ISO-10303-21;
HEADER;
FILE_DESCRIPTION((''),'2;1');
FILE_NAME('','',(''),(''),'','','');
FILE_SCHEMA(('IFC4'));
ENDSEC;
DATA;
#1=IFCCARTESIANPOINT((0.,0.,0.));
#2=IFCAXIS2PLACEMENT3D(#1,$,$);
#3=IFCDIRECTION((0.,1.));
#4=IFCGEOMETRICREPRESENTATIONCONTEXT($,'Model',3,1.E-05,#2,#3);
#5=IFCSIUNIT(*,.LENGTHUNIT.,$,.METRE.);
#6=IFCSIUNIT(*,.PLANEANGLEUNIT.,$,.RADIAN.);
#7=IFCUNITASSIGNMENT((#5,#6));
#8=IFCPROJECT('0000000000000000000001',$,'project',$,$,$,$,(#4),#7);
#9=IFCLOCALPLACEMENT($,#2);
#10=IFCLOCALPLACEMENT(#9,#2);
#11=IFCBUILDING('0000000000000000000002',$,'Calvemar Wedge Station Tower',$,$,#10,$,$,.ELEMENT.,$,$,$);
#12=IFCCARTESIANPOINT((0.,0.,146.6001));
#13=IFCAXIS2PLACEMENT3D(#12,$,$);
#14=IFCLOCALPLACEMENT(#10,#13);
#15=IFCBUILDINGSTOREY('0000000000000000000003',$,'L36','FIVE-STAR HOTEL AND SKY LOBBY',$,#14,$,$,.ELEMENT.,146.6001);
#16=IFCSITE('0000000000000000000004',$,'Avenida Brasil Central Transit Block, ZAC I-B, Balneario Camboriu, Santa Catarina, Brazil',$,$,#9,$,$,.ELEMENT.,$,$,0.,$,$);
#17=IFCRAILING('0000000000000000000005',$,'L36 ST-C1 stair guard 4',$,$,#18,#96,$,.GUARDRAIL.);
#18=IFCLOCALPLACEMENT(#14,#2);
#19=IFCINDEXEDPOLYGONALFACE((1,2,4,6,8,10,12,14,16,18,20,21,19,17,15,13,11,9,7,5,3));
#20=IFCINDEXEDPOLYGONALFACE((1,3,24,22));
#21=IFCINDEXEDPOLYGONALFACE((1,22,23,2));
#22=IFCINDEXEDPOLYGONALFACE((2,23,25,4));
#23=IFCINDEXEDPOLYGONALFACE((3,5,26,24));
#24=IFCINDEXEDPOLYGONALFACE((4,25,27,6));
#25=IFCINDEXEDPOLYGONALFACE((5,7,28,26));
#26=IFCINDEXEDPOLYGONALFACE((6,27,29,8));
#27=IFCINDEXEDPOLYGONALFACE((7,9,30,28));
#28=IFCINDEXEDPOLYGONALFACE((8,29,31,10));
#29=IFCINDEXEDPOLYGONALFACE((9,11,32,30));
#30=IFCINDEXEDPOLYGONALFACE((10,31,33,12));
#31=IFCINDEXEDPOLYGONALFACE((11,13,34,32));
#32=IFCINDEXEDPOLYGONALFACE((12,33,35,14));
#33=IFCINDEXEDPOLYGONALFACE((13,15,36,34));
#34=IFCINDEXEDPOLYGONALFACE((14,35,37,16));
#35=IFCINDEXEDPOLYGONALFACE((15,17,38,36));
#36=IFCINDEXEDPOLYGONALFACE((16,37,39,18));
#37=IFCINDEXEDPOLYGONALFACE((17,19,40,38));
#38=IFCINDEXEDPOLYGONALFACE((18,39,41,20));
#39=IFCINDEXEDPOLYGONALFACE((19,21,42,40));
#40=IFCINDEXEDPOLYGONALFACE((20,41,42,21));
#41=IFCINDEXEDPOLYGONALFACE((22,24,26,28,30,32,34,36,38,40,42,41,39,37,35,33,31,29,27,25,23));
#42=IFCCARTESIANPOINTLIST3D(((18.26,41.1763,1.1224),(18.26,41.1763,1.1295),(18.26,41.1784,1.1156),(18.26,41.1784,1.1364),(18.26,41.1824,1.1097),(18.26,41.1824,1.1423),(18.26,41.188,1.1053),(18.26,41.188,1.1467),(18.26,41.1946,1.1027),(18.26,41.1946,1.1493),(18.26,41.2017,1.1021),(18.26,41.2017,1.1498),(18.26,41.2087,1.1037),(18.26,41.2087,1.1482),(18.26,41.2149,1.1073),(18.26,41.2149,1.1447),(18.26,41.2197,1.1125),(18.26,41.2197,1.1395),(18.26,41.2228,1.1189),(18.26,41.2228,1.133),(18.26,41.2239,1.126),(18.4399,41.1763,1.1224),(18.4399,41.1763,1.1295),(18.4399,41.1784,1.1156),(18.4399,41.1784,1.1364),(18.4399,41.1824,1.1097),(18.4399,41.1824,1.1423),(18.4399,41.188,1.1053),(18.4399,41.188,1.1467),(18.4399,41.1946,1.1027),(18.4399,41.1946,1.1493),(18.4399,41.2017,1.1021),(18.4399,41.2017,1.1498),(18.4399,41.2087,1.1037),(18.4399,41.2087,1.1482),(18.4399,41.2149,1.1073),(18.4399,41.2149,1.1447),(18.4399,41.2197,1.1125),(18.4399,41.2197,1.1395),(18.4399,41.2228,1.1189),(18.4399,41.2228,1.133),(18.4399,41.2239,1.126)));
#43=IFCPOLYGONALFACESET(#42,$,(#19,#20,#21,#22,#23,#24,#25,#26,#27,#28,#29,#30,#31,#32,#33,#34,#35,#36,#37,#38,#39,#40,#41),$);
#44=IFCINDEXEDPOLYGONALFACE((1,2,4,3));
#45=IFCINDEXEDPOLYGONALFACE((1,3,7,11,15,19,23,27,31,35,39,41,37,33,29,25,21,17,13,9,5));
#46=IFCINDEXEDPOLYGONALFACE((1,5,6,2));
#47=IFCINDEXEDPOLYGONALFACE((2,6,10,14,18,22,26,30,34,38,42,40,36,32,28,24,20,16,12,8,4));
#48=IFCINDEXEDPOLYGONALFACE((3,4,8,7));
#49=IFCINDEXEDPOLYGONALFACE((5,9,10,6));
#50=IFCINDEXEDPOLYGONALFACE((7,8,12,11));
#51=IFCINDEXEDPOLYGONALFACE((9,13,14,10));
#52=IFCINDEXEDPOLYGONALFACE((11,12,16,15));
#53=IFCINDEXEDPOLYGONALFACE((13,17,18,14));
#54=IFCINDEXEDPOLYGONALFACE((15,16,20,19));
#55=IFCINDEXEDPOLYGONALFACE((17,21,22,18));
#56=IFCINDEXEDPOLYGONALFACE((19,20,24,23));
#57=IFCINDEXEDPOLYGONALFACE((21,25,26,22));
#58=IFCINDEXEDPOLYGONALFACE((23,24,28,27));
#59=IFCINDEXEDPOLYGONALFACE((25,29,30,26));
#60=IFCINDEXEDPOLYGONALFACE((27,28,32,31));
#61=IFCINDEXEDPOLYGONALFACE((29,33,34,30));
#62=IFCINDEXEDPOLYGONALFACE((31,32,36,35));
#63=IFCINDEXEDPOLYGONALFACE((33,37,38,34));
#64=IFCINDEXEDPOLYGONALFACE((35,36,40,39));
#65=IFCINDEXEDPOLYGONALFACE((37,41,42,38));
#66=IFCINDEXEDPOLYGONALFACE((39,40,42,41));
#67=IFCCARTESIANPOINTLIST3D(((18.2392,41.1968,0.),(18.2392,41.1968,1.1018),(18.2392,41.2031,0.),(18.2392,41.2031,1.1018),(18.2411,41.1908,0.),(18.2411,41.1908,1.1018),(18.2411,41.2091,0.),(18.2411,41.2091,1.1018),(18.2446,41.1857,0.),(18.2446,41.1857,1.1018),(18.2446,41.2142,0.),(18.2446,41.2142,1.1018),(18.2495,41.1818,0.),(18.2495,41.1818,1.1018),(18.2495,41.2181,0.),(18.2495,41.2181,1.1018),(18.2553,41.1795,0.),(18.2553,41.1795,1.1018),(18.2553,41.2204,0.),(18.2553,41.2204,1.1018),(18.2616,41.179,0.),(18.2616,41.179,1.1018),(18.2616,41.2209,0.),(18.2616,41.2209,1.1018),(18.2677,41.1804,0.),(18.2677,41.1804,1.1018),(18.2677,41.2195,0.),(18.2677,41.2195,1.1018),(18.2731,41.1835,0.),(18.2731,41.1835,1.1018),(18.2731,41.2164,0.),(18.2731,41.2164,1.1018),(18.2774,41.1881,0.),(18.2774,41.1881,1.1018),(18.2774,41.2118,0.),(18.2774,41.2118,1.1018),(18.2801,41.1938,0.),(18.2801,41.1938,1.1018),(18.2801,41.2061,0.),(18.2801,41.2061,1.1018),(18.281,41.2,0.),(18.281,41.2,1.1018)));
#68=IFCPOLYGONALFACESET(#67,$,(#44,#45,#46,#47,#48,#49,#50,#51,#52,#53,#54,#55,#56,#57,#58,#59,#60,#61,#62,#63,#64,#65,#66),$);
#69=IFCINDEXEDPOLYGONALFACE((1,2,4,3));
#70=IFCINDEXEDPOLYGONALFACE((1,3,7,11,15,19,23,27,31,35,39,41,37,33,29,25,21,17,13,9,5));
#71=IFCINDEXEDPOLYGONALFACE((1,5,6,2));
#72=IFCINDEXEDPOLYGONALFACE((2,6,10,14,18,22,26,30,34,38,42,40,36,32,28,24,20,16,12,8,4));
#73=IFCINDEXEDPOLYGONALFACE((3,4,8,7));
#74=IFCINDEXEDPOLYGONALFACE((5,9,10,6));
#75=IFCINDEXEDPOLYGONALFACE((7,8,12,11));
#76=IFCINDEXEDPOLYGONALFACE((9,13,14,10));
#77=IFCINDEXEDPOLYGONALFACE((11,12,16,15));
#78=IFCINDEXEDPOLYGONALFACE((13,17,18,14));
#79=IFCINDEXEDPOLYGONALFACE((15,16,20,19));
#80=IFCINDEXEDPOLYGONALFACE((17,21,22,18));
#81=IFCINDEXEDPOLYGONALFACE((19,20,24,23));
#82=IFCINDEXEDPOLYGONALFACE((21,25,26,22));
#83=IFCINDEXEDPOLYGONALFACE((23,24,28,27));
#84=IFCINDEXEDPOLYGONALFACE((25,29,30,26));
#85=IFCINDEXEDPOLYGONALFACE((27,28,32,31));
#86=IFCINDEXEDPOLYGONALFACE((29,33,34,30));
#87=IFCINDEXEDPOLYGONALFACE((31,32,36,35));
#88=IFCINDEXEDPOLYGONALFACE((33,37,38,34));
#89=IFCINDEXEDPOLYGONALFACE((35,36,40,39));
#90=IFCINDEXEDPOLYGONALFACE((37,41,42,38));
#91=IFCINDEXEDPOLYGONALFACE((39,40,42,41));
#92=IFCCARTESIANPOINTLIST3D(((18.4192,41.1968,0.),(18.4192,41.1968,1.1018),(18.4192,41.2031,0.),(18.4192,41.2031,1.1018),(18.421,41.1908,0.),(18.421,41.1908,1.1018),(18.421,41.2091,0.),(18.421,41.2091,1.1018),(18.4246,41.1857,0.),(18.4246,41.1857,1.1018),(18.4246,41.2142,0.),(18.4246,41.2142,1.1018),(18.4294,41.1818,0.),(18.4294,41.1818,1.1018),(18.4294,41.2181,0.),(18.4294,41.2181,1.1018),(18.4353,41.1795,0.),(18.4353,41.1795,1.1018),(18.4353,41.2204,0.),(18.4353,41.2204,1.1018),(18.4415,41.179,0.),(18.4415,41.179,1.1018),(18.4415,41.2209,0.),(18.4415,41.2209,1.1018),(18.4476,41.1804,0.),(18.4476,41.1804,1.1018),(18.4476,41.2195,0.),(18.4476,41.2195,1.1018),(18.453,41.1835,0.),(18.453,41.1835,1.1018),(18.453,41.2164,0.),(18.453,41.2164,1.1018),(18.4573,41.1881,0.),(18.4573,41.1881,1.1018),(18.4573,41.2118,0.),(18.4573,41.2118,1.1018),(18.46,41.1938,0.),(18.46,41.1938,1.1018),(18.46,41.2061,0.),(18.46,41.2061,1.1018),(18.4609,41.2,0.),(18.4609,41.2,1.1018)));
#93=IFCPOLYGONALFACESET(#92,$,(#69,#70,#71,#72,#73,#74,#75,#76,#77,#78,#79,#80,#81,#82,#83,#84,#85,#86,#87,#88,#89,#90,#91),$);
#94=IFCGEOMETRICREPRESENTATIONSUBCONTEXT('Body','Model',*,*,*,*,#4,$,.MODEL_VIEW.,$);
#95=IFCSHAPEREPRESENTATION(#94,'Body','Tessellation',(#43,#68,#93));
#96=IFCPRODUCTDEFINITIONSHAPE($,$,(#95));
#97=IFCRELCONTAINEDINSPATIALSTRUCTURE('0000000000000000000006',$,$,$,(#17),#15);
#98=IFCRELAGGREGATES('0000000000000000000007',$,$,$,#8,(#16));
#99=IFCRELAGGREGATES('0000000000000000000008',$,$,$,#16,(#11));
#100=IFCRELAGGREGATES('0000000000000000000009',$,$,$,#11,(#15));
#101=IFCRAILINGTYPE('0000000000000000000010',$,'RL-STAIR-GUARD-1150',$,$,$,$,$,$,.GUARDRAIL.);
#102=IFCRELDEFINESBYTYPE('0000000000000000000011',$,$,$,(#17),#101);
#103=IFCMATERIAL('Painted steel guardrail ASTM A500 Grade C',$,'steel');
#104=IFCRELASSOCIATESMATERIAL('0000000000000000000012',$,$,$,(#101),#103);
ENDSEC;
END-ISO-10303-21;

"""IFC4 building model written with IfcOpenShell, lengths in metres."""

from ifc_helpers import new_model, si_unit, direction, frame, origin, origin_2d, place, context, subcontext, project, spatial, circle, extrude, material, type_object, element, save


model = new_model("IFC4")

# Units and contexts
model_context = context("Model", 3, precision=1e-05, world=origin(), true_north=direction((0.0, 1.0)))
body_context = subcontext(model_context, "Body", "Model", "MODEL_VIEW")
ifc_project = project(units=[si_unit("LENGTHUNIT", "METRE"), si_unit("PLANEANGLEUNIT", "RADIAN")], contexts=[model_context])

# Site, building, storey
site_placement = place(None, origin())
site = spatial("IfcSite", under=ifc_project, at=site_placement, Name="Avenida Brasil Central Transit Block, ZAC I-B, Balneario Camboriu, Santa Catarina, Brazil", CompositionType="ELEMENT", RefElevation=0.0)
building_placement = place(site_placement, origin())
building = spatial("IfcBuilding", under=site, at=building_placement, Name="Calvemar Wedge Station Tower", CompositionType="ELEMENT")
storey_placement = place(building_placement, frame((0.0, 0.0, 146.6001)))
storey = spatial("IfcBuildingStorey", under=building, at=storey_placement, Name="L36", Description="FIVE-STAR HOTEL AND SKY LOBBY", CompositionType="ELEMENT", Elevation=146.6001)

# Railing
ifc_material_1 = material(Name="Painted steel guardrail ASTM A500 Grade C", Category="steel")
railing_type = type_object("IfcRailingType", Name="RL-STAIR-GUARD-1150", PredefinedType="GUARDRAIL", material=ifc_material_1)
railing_placement = place(storey_placement, frame((18.26, 41.2, 0.0)))
element("IfcRailing", 1, at=railing_placement, inside=storey, type_object=railing_type, Name="L36 ST-C1 stair guard 4", PredefinedType="GUARDRAIL", context=body_context, shape_type="SweptSolid", body=[
    extrude(circle(Radius=0.0239, at=origin_2d()), frame((0.0, 0.0, 1.126), z_axis=(1.0, 0.0, 0.0), x_axis=(0.0, 1.0, 0.0)), (0.0, 0.0, 1.0), 0.1799),
    extrude(circle(Radius=0.021, at=origin_2d()), origin(), (0.0, 0.0, 1.0), 1.1018),
    extrude(circle(Radius=0.021, at=origin_2d()), frame((0.1799, 0.0, 0.0)), (0.0, 0.0, 1.0), 1.1018),
])

save(model, "model.ifc")
